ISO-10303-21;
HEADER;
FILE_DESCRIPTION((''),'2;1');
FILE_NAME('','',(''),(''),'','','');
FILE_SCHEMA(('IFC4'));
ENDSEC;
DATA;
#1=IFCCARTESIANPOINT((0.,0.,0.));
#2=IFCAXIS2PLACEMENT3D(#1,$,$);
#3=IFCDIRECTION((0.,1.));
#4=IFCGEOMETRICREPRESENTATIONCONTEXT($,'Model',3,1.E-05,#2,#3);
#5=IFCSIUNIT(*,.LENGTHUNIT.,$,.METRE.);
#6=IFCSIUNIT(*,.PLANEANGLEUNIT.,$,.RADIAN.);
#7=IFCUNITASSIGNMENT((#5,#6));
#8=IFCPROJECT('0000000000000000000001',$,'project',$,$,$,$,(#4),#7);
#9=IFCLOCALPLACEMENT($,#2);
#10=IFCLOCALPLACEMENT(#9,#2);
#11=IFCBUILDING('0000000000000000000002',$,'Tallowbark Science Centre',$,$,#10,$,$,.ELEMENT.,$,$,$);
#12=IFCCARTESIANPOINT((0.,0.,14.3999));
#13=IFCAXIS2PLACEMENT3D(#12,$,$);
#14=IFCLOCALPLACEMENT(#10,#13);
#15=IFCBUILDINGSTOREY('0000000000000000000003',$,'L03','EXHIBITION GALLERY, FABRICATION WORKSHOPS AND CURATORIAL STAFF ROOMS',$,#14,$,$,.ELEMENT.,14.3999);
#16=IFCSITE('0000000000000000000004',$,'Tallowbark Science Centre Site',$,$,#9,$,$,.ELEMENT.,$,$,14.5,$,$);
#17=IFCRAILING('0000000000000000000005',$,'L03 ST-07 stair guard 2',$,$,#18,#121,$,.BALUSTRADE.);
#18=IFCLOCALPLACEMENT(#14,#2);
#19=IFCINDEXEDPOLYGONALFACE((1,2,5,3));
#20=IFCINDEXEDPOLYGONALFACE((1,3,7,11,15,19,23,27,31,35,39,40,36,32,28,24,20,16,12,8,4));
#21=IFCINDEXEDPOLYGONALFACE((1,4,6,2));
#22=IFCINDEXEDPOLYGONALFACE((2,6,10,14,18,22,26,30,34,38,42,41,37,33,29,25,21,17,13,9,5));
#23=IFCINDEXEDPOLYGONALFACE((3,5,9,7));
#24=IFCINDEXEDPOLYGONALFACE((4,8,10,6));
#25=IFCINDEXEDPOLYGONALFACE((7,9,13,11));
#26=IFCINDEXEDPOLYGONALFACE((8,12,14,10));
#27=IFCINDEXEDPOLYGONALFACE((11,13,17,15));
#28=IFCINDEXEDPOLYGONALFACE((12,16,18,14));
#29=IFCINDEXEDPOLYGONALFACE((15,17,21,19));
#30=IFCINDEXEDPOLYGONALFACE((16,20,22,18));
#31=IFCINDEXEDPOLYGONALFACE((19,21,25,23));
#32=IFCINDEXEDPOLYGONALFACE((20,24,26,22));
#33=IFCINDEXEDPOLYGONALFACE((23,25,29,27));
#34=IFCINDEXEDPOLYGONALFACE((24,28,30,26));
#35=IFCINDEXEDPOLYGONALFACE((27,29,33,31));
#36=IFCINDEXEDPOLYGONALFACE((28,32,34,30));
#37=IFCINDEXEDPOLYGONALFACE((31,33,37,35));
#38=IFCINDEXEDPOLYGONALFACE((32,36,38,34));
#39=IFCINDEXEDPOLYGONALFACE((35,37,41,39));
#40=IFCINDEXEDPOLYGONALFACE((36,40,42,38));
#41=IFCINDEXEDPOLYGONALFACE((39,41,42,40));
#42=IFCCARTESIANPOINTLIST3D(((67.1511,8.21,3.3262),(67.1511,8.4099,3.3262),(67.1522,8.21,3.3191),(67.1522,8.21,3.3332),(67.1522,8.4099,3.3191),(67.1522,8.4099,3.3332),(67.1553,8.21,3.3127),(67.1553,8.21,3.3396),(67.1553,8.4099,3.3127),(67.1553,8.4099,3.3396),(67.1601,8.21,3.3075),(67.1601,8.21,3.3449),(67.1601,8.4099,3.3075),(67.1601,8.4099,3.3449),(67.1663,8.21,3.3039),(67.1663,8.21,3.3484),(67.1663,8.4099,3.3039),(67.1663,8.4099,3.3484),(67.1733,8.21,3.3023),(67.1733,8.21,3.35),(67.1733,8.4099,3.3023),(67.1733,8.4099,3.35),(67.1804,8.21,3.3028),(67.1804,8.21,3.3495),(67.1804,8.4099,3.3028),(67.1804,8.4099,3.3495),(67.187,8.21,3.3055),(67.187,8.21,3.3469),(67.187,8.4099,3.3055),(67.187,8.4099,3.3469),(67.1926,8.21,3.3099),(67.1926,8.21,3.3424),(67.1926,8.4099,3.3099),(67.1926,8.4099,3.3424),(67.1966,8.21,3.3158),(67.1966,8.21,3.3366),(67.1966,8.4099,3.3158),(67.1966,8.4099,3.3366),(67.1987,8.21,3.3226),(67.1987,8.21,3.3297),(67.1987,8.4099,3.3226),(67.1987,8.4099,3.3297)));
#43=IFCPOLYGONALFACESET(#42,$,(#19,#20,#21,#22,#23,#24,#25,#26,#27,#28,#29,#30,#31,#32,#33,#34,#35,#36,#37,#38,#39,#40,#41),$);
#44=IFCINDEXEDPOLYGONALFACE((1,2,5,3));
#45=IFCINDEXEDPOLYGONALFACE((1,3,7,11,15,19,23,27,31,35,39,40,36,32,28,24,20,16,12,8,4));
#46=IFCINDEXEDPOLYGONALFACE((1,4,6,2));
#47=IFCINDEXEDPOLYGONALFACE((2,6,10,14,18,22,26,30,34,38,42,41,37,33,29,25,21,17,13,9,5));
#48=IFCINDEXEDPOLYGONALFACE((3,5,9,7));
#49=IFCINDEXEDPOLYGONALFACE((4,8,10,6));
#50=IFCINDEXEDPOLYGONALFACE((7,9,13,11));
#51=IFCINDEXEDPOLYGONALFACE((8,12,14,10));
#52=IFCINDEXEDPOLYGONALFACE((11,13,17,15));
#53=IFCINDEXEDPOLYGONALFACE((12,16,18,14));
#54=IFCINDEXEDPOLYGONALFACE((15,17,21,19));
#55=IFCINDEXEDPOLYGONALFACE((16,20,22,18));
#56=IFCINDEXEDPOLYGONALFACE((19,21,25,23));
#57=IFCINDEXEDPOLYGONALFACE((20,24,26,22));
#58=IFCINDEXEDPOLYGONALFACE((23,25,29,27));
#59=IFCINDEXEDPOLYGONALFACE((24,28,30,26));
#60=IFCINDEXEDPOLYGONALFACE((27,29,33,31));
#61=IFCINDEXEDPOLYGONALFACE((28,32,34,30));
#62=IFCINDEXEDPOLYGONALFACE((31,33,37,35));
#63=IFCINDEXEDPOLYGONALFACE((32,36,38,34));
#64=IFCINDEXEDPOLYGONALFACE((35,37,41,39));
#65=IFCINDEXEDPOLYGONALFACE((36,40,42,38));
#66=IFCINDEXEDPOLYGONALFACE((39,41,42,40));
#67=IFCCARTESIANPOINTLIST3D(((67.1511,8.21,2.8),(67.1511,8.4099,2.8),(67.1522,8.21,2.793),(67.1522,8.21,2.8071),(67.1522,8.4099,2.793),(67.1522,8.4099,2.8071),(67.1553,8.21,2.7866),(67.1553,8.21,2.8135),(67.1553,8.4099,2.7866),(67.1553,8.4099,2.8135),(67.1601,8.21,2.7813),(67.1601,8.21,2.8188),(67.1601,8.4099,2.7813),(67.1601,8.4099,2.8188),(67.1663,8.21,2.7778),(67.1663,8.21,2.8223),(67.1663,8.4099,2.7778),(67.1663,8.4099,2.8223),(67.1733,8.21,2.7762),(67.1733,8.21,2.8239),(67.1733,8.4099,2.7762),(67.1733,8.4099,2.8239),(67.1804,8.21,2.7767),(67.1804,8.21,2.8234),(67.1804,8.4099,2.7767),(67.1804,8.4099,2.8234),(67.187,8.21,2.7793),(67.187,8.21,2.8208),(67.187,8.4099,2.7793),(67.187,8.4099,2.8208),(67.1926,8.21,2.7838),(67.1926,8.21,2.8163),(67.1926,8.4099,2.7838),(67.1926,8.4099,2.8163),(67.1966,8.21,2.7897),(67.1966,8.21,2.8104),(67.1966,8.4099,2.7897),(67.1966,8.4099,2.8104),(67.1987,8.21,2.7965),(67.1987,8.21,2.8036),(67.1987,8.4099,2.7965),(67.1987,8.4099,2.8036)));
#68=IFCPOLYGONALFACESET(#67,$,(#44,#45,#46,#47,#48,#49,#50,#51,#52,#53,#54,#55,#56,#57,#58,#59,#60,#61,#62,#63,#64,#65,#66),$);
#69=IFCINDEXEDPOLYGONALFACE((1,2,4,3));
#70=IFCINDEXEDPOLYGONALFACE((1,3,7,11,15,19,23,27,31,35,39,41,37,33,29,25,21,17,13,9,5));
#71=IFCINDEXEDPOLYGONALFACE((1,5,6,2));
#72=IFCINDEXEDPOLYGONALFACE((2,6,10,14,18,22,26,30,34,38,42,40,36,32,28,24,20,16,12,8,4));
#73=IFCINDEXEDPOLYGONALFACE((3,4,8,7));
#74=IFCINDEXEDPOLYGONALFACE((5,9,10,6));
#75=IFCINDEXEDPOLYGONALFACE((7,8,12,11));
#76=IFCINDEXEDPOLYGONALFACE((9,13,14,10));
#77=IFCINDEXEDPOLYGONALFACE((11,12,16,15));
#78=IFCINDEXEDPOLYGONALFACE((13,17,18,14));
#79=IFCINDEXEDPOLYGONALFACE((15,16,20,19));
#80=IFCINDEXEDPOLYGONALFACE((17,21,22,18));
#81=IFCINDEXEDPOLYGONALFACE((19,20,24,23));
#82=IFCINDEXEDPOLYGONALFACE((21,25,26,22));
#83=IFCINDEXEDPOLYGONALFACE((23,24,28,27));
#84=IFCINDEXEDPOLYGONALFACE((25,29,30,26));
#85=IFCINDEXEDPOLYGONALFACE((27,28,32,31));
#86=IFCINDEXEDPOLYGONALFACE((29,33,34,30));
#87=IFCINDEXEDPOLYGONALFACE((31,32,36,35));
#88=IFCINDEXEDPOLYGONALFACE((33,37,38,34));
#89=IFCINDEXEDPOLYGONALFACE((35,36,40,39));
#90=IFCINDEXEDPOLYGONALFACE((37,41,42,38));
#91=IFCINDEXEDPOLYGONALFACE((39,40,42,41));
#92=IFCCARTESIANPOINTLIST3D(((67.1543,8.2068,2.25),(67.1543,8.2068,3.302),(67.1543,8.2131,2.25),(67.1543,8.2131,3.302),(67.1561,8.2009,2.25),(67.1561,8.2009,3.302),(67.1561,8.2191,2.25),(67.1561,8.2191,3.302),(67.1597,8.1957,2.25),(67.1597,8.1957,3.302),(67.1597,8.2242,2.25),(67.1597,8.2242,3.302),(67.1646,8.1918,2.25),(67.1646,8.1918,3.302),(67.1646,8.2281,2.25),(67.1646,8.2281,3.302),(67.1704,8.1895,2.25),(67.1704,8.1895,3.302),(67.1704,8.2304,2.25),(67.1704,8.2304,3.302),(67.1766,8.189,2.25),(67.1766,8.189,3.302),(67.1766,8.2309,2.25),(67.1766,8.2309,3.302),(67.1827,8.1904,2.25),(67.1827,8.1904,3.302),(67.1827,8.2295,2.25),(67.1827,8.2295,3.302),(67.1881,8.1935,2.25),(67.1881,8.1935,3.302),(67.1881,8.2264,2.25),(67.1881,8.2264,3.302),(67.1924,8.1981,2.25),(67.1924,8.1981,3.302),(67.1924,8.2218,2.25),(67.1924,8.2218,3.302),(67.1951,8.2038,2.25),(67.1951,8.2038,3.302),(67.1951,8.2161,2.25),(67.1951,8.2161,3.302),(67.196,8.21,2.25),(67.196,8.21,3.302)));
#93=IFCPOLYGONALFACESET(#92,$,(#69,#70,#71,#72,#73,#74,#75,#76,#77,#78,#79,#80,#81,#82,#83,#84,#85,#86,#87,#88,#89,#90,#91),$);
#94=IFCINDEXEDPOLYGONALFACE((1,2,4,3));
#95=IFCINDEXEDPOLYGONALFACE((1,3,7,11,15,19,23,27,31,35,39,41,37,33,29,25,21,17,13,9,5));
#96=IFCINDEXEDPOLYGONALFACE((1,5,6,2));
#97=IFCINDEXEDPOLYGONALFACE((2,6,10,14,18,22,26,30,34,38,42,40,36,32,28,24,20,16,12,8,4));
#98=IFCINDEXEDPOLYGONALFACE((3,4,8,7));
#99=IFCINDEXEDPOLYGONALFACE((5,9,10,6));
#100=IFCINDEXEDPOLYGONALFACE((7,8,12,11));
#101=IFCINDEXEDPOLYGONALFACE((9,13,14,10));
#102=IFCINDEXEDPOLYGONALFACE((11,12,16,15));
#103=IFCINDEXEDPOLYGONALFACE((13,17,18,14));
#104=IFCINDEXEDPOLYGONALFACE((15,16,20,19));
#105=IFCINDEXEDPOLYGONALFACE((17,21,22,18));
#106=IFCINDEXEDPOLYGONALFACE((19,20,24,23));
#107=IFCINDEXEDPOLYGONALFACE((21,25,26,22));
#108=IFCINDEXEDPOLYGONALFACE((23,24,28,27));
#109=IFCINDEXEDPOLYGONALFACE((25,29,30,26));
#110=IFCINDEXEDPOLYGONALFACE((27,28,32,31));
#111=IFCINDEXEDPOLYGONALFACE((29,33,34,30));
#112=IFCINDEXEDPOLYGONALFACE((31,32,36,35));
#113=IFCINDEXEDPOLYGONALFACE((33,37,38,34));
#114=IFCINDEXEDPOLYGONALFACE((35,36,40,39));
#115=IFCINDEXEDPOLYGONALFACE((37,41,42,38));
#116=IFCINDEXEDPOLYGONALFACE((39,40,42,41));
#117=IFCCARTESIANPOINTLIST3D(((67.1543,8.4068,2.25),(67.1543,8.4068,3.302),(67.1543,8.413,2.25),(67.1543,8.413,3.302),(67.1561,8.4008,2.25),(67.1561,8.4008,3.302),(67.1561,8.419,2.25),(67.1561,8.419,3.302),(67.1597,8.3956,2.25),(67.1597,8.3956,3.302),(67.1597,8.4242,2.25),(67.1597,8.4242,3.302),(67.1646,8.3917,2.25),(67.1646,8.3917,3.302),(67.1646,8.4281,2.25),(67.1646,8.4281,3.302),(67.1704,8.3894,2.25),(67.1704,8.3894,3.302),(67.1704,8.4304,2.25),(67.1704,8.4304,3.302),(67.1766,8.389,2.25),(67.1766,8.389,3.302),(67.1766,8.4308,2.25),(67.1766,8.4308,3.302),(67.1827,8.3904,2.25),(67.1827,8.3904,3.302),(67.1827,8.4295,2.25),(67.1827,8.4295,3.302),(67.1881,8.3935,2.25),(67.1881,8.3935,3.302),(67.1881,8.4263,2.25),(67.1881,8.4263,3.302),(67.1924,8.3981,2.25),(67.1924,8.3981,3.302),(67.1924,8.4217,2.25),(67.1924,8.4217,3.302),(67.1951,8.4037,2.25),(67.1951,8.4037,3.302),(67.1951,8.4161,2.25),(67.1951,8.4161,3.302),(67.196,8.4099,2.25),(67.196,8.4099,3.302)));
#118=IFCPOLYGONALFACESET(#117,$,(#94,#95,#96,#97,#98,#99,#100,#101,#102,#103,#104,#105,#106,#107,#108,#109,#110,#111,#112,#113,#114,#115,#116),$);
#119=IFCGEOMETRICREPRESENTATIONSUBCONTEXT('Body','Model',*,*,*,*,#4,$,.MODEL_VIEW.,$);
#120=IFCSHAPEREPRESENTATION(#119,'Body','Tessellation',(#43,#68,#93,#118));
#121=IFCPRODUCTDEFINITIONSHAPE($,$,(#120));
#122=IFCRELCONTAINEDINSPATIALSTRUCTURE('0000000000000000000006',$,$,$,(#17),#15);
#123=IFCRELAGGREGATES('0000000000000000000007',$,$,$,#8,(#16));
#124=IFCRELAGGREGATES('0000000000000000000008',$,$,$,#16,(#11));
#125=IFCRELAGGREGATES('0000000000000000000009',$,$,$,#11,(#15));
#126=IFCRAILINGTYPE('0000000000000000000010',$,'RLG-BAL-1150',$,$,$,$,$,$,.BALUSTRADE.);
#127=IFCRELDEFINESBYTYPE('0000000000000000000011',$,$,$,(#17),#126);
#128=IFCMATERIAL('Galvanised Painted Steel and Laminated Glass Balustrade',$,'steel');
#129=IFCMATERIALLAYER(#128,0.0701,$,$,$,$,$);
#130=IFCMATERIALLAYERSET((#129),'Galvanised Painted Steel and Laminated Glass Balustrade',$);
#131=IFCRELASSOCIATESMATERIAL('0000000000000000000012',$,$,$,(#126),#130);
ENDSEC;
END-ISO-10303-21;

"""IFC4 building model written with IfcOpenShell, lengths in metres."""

from ifc_helpers import new_model, si_unit, direction, frame, origin, origin_2d, place, context, subcontext, project, spatial, circle, extrude, material, layer, layer_set, type_object, element, save


model = new_model("IFC4")

# Units and contexts
model_context = context("Model", 3, precision=1e-05, world=origin(), true_north=direction((0.0, 1.0)))
body_context = subcontext(model_context, "Body", "Model", "MODEL_VIEW")
ifc_project = project(units=[si_unit("LENGTHUNIT", "METRE"), si_unit("PLANEANGLEUNIT", "RADIAN")], contexts=[model_context])

# Site, building, storey
site_placement = place(None, origin())
site = spatial("IfcSite", under=ifc_project, at=site_placement, Name="Tallowbark Science Centre Site", CompositionType="ELEMENT", RefElevation=14.5)
building_placement = place(site_placement, origin())
building = spatial("IfcBuilding", under=site, at=building_placement, Name="Tallowbark Science Centre", CompositionType="ELEMENT")
storey_placement = place(building_placement, frame((0.0, 0.0, 14.3999)))
storey = spatial("IfcBuildingStorey", under=building, at=storey_placement, Name="L03", Description="EXHIBITION GALLERY, FABRICATION WORKSHOPS AND CURATORIAL STAFF ROOMS", CompositionType="ELEMENT", Elevation=14.3999)

# Railing
ifc_material_1 = material(Name="Galvanised Painted Steel and Laminated Glass Balustrade", Category="steel")
ifc_layer_1 = layer(ifc_material_1, 0.0701)
ifc_layer_set_1 = layer_set([ifc_layer_1], Name="Galvanised Painted Steel and Laminated Glass Balustrade")
railing_type_1 = type_object("IfcRailingType", Name="RLG-BAL-1150", PredefinedType="BALUSTRADE", material=ifc_layer_set_1)
railing_1_placement = place(storey_placement, frame((67.175, 8.21, 2.25)))
element("IfcRailing", 1, at=railing_1_placement, inside=storey, type_object=railing_type_1, Name="L03 ST-07 stair guard 2", PredefinedType="BALUSTRADE", context=body_context, shape_type="SweptSolid", body=[
    extrude(circle(Radius=0.0239, at=origin_2d()), frame((0.0, 0.0, 1.0762), z_axis=(0.0, 1.0, 0.0), x_axis=(-1.0, 0.0, 0.0)), (0.0, 0.0, 1.0), 0.2),
    extrude(circle(Radius=0.0239, at=origin_2d()), frame((0.0, 0.0, 0.55), z_axis=(0.0, 1.0, 0.0), x_axis=(-1.0, 0.0, 0.0)), (0.0, 0.0, 1.0), 0.2),
    extrude(circle(Radius=0.021, at=origin_2d()), origin(), (0.0, 0.0, 1.0), 1.052),
    extrude(circle(Radius=0.021, at=origin_2d()), frame((0.0, 0.2, 0.0)), (0.0, 0.0, 1.0), 1.052),
])

save(model, "model.ifc")
